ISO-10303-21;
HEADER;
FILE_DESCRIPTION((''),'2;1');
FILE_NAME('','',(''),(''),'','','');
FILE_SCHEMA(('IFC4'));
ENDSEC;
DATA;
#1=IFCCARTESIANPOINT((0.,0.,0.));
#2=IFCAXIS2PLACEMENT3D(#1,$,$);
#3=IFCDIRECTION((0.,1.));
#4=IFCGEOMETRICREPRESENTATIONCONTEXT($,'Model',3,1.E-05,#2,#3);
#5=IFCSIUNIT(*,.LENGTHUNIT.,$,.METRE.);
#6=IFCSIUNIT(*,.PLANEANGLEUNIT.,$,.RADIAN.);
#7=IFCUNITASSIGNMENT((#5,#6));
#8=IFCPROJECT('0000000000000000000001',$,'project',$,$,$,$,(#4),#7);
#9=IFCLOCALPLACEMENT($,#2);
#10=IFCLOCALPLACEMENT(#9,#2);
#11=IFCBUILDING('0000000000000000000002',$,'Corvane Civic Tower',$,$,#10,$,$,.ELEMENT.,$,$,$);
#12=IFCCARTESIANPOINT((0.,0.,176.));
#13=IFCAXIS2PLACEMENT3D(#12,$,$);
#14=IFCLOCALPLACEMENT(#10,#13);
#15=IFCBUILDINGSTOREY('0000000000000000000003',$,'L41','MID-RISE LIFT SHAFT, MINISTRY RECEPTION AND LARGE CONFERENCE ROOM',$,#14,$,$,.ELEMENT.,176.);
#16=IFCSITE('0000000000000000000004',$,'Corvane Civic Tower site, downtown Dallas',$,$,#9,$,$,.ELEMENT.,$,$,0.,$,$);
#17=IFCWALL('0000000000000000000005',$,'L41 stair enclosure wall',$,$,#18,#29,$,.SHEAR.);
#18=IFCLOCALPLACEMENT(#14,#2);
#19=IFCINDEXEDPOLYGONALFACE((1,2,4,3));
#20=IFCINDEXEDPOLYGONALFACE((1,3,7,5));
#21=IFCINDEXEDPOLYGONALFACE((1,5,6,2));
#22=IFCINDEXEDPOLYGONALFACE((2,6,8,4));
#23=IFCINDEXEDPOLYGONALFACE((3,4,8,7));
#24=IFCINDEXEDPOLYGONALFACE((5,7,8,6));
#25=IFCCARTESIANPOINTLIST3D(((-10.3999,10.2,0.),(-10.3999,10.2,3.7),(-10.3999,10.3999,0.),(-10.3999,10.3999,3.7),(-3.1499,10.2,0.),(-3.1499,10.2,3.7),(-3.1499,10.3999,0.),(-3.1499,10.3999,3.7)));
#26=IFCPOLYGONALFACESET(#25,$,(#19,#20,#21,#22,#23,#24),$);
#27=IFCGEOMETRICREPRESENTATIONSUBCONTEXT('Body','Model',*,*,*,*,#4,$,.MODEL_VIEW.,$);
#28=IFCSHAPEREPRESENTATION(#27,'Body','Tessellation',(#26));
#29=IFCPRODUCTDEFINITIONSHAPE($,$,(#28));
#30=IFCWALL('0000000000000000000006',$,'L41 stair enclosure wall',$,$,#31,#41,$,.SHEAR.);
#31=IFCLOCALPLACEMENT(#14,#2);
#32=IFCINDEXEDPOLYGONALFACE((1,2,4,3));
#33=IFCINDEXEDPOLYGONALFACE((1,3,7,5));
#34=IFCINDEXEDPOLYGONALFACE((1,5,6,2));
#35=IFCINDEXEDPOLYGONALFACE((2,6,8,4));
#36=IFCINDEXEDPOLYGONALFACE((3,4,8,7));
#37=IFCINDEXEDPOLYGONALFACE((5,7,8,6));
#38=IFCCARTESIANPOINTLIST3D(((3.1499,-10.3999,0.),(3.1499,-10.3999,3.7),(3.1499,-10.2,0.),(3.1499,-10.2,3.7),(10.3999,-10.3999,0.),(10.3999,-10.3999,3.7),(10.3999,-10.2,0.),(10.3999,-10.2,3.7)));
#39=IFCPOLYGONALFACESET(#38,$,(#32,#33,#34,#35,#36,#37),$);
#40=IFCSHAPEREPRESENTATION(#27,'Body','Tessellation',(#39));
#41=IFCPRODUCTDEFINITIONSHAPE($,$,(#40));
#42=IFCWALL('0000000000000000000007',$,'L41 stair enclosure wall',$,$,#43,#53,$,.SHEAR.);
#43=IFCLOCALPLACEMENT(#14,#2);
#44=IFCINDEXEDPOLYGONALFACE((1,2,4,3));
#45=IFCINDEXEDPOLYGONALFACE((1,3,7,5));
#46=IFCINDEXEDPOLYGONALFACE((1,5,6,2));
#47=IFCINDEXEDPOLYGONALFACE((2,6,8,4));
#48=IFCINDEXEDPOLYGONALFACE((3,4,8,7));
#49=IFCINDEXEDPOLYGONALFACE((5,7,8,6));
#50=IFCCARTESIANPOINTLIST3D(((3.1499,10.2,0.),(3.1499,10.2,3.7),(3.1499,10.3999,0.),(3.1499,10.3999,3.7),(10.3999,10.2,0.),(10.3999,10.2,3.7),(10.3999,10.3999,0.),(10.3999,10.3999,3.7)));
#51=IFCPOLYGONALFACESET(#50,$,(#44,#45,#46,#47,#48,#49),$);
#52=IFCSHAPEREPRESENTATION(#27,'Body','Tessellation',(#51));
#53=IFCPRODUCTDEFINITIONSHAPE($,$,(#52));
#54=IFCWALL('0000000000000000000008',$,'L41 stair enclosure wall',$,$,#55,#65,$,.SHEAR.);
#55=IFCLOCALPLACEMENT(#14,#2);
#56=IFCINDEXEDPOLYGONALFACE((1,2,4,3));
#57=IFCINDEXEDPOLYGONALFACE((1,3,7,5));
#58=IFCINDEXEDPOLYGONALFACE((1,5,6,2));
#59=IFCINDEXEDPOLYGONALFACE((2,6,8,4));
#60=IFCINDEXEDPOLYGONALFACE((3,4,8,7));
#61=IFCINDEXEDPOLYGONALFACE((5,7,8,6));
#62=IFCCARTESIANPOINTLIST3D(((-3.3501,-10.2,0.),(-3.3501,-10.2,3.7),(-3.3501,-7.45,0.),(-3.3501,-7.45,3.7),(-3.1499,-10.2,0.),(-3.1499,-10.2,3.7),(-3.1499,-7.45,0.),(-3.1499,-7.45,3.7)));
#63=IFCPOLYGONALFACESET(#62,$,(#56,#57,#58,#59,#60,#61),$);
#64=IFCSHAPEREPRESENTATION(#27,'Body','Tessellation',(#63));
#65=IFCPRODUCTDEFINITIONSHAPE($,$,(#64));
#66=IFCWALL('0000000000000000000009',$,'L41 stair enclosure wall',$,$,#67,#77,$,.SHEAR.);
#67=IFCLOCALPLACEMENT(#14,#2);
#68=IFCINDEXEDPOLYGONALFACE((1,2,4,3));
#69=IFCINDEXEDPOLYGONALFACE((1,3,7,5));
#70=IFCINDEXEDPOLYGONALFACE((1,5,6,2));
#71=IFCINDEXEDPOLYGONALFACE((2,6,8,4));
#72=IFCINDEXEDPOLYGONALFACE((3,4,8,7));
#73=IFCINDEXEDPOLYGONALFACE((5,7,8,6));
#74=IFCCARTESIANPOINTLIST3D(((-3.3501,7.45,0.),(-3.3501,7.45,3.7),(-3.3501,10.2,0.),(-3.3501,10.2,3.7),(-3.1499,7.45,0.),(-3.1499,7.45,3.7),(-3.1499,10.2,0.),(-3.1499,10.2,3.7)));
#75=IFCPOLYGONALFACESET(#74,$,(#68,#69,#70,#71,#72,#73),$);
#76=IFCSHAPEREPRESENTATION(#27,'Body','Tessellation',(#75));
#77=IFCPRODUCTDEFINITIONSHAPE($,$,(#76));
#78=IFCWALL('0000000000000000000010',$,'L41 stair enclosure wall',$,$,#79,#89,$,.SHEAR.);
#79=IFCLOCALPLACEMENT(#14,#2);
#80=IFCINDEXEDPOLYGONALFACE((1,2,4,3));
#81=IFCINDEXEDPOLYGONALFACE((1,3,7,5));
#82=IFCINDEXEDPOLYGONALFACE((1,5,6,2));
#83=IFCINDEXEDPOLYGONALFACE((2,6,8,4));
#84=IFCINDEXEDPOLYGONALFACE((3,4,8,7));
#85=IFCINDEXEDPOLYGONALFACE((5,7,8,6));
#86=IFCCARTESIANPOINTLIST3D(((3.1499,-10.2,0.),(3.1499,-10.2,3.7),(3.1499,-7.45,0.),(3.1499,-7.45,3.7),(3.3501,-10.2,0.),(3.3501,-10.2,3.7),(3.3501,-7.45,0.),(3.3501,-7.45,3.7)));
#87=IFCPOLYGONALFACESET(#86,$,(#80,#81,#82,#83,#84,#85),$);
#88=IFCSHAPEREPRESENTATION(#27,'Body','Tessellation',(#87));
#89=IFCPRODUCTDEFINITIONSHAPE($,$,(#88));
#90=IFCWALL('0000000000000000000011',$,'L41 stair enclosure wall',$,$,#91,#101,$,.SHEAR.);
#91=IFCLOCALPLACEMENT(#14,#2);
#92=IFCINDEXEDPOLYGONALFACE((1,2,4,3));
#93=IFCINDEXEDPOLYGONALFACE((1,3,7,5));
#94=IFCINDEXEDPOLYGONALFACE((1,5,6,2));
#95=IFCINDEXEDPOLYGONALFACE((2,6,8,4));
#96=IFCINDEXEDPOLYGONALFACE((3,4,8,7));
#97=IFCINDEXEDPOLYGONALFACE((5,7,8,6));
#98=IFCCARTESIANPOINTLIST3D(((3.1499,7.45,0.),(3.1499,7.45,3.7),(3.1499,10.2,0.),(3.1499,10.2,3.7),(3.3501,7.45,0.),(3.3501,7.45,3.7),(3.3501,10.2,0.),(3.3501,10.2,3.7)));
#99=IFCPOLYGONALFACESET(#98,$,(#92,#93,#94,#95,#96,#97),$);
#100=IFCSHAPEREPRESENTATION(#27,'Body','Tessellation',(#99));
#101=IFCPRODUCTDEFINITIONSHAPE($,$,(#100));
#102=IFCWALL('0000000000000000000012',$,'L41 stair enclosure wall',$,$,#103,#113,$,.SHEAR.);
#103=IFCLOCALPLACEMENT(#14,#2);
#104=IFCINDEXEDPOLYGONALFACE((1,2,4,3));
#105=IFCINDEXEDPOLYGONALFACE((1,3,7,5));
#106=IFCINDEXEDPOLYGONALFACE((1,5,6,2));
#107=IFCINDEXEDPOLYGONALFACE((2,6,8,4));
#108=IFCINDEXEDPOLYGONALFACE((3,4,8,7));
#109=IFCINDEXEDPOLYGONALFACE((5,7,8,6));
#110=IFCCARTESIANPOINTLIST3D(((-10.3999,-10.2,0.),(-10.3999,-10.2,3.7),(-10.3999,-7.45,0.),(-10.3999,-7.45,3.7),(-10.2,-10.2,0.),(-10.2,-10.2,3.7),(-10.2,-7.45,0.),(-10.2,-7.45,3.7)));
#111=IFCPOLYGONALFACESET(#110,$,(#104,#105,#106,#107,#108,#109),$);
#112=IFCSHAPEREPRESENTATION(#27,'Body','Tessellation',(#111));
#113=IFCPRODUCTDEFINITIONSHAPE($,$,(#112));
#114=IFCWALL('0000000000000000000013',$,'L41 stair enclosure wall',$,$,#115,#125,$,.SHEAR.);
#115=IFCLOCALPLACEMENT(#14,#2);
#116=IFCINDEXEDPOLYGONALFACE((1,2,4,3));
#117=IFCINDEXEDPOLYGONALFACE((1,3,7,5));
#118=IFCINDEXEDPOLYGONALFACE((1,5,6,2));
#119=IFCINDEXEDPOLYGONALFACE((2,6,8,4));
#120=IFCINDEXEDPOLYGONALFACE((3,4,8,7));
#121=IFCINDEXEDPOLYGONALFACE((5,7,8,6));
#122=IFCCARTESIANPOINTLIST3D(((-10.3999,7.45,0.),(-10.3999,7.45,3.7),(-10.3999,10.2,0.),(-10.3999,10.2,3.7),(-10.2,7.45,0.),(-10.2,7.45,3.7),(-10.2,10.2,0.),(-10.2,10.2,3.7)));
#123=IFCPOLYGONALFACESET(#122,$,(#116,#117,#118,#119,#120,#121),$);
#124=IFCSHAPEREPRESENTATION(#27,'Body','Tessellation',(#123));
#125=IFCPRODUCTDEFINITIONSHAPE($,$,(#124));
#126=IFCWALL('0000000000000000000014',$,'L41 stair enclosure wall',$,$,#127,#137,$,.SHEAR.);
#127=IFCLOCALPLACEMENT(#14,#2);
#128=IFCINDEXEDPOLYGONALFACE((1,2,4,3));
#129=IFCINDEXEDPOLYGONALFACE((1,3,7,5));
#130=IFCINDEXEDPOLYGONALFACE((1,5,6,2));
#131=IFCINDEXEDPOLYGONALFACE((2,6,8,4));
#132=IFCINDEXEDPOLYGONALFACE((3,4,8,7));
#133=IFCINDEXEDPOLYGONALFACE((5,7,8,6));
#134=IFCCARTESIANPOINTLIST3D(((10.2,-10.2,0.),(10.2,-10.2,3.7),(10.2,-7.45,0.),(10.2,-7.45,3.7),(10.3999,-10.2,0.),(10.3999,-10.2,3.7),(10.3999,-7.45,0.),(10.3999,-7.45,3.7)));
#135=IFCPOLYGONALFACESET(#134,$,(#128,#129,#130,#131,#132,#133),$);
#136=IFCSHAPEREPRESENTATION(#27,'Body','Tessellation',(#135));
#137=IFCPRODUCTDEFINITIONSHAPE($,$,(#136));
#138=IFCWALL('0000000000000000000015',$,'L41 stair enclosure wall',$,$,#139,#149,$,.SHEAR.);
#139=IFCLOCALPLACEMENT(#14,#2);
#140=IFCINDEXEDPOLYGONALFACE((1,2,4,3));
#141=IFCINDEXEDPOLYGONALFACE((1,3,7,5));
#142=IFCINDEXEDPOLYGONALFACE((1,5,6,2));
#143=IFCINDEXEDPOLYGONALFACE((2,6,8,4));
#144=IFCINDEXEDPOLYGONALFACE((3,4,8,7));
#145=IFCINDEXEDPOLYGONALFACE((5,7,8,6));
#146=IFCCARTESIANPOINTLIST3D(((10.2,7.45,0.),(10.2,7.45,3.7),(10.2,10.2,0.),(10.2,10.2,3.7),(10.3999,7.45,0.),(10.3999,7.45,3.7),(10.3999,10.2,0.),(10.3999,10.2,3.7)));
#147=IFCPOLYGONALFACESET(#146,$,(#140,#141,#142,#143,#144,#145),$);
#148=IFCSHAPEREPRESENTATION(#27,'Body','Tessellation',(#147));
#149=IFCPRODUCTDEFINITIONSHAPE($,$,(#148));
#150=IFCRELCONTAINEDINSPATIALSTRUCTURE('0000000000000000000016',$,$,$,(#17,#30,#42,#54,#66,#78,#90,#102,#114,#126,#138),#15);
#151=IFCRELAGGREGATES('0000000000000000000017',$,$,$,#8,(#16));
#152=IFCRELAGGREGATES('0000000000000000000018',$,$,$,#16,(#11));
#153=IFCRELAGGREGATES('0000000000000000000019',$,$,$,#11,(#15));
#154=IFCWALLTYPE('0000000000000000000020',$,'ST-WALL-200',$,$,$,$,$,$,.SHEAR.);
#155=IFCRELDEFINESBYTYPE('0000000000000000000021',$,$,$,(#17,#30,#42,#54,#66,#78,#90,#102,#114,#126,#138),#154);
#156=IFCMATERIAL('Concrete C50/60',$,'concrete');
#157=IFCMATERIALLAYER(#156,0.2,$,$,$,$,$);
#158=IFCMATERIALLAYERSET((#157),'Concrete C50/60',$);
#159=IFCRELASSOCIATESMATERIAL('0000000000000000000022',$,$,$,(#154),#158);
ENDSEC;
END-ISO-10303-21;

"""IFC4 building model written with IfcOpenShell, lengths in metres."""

from ifc_helpers import new_model, si_unit, direction, frame, origin, place, context, subcontext, project, spatial, polyline, outline, extrude, material, layer, layer_set, type_object, element, save


model = new_model("IFC4")

# Units and contexts
model_context = context("Model", 3, precision=1e-05, world=origin(), true_north=direction((0.0, 1.0)))
body_context = subcontext(model_context, "Body", "Model", "MODEL_VIEW")
ifc_project = project(units=[si_unit("LENGTHUNIT", "METRE"), si_unit("PLANEANGLEUNIT", "RADIAN")], contexts=[model_context])

# Site, building, storey
site_placement = place(None, origin())
site = spatial("IfcSite", under=ifc_project, at=site_placement, Name="Corvane Civic Tower site, downtown Dallas", CompositionType="ELEMENT", RefElevation=0.0)
building_placement = place(site_placement, origin())
building = spatial("IfcBuilding", under=site, at=building_placement, Name="Corvane Civic Tower", CompositionType="ELEMENT")
storey_placement = place(building_placement, frame((0.0, 0.0, 176.0)))
storey = spatial("IfcBuildingStorey", under=building, at=storey_placement, Name="L41", Description="MID-RISE LIFT SHAFT, MINISTRY RECEPTION AND LARGE CONFERENCE ROOM", CompositionType="ELEMENT", Elevation=176.0)

# Shared definitions
ifc_material_1 = material(Name="Concrete C50/60", Category="concrete")
ifc_layer_1 = layer(ifc_material_1, 0.2)
ifc_layer_set_1 = layer_set([ifc_layer_1], Name="Concrete C50/60")
wall_type_1 = type_object("IfcWallType", Name="ST-WALL-200", PredefinedType="SHEAR", material=ifc_layer_set_1)

# Walls
wall_1_placement = place(storey_placement, origin())
element("IfcWall", 1, at=wall_1_placement, inside=storey, type_object=wall_type_1, Name="L41 stair enclosure wall", PredefinedType="SHEAR", context=body_context, shape_type="SweptSolid", body=[
    extrude(outline(polyline([(-3.1499, 10.2), (-10.3999, 10.2), (-10.3999, 10.3999), (-3.1499, 10.3999), (-3.1499, 10.2)])), origin(), (0.0, 0.0, 1.0), 3.7),
])
wall_2_placement = place(storey_placement, origin())
element("IfcWall", 2, at=wall_2_placement, inside=storey, type_object=wall_type_1, Name="L41 stair enclosure wall", PredefinedType="SHEAR", context=body_context, shape_type="SweptSolid", body=[
    extrude(outline(polyline([(10.3999, -10.3999), (3.1499, -10.3999), (3.1499, -10.2), (10.3999, -10.2), (10.3999, -10.3999)])), origin(), (0.0, 0.0, 1.0), 3.7),
])
wall_3_placement = place(storey_placement, origin())
element("IfcWall", 3, at=wall_3_placement, inside=storey, type_object=wall_type_1, Name="L41 stair enclosure wall", PredefinedType="SHEAR", context=body_context, shape_type="SweptSolid", body=[
    extrude(outline(polyline([(10.3999, 10.2), (3.1499, 10.2), (3.1499, 10.3999), (10.3999, 10.3999), (10.3999, 10.2)])), origin(), (0.0, 0.0, 1.0), 3.7),
])
wall_4_placement = place(storey_placement, origin())
element("IfcWall", 4, at=wall_4_placement, inside=storey, type_object=wall_type_1, Name="L41 stair enclosure wall", PredefinedType="SHEAR", context=body_context, shape_type="SweptSolid", body=[
    extrude(outline(polyline([(-3.1499, -7.45), (-3.1499, -10.2), (-3.3501, -10.2), (-3.3501, -7.45), (-3.1499, -7.45)])), origin(), (0.0, 0.0, 1.0), 3.7),
])
wall_5_placement = place(storey_placement, origin())
element("IfcWall", 5, at=wall_5_placement, inside=storey, type_object=wall_type_1, Name="L41 stair enclosure wall", PredefinedType="SHEAR", context=body_context, shape_type="SweptSolid", body=[
    extrude(outline(polyline([(-3.1499, 7.45), (-3.3501, 7.45), (-3.3501, 10.2), (-3.1499, 10.2), (-3.1499, 7.45)])), origin(), (0.0, 0.0, 1.0), 3.7),
])
wall_6_placement = place(storey_placement, origin())
element("IfcWall", 6, at=wall_6_placement, inside=storey, type_object=wall_type_1, Name="L41 stair enclosure wall", PredefinedType="SHEAR", context=body_context, shape_type="SweptSolid", body=[
    extrude(outline(polyline([(3.3501, -7.45), (3.3501, -10.2), (3.1499, -10.2), (3.1499, -7.45), (3.3501, -7.45)])), origin(), (0.0, 0.0, 1.0), 3.7),
])
wall_7_placement = place(storey_placement, origin())
element("IfcWall", 7, at=wall_7_placement, inside=storey, type_object=wall_type_1, Name="L41 stair enclosure wall", PredefinedType="SHEAR", context=body_context, shape_type="SweptSolid", body=[
    extrude(outline(polyline([(3.3501, 7.45), (3.1499, 7.45), (3.1499, 10.2), (3.3501, 10.2), (3.3501, 7.45)])), origin(), (0.0, 0.0, 1.0), 3.7),
])
wall_8_placement = place(storey_placement, origin())
element("IfcWall", 8, at=wall_8_placement, inside=storey, type_object=wall_type_1, Name="L41 stair enclosure wall", PredefinedType="SHEAR", context=body_context, shape_type="SweptSolid", body=[
    extrude(outline(polyline([(-10.2, -7.45), (-10.2, -10.2), (-10.3999, -10.2), (-10.3999, -7.45), (-10.2, -7.45)])), origin(), (0.0, 0.0, 1.0), 3.7),
])
wall_9_placement = place(storey_placement, origin())
element("IfcWall", 9, at=wall_9_placement, inside=storey, type_object=wall_type_1, Name="L41 stair enclosure wall", PredefinedType="SHEAR", context=body_context, shape_type="SweptSolid", body=[
    extrude(outline(polyline([(-10.2, 7.45), (-10.3999, 7.45), (-10.3999, 10.2), (-10.2, 10.2), (-10.2, 7.45)])), origin(), (0.0, 0.0, 1.0), 3.7),
])
wall_10_placement = place(storey_placement, origin())
element("IfcWall", 10, at=wall_10_placement, inside=storey, type_object=wall_type_1, Name="L41 stair enclosure wall", PredefinedType="SHEAR", context=body_context, shape_type="SweptSolid", body=[
    extrude(outline(polyline([(10.3999, -7.45), (10.3999, -10.2), (10.2, -10.2), (10.2, -7.45), (10.3999, -7.45)])), origin(), (0.0, 0.0, 1.0), 3.7),
])
wall_11_placement = place(storey_placement, origin())
element("IfcWall", 11, at=wall_11_placement, inside=storey, type_object=wall_type_1, Name="L41 stair enclosure wall", PredefinedType="SHEAR", context=body_context, shape_type="SweptSolid", body=[
    extrude(outline(polyline([(10.3999, 7.45), (10.2, 7.45), (10.2, 10.2), (10.3999, 10.2), (10.3999, 7.45)])), origin(), (0.0, 0.0, 1.0), 3.7),
])

save(model, "model.ifc")
